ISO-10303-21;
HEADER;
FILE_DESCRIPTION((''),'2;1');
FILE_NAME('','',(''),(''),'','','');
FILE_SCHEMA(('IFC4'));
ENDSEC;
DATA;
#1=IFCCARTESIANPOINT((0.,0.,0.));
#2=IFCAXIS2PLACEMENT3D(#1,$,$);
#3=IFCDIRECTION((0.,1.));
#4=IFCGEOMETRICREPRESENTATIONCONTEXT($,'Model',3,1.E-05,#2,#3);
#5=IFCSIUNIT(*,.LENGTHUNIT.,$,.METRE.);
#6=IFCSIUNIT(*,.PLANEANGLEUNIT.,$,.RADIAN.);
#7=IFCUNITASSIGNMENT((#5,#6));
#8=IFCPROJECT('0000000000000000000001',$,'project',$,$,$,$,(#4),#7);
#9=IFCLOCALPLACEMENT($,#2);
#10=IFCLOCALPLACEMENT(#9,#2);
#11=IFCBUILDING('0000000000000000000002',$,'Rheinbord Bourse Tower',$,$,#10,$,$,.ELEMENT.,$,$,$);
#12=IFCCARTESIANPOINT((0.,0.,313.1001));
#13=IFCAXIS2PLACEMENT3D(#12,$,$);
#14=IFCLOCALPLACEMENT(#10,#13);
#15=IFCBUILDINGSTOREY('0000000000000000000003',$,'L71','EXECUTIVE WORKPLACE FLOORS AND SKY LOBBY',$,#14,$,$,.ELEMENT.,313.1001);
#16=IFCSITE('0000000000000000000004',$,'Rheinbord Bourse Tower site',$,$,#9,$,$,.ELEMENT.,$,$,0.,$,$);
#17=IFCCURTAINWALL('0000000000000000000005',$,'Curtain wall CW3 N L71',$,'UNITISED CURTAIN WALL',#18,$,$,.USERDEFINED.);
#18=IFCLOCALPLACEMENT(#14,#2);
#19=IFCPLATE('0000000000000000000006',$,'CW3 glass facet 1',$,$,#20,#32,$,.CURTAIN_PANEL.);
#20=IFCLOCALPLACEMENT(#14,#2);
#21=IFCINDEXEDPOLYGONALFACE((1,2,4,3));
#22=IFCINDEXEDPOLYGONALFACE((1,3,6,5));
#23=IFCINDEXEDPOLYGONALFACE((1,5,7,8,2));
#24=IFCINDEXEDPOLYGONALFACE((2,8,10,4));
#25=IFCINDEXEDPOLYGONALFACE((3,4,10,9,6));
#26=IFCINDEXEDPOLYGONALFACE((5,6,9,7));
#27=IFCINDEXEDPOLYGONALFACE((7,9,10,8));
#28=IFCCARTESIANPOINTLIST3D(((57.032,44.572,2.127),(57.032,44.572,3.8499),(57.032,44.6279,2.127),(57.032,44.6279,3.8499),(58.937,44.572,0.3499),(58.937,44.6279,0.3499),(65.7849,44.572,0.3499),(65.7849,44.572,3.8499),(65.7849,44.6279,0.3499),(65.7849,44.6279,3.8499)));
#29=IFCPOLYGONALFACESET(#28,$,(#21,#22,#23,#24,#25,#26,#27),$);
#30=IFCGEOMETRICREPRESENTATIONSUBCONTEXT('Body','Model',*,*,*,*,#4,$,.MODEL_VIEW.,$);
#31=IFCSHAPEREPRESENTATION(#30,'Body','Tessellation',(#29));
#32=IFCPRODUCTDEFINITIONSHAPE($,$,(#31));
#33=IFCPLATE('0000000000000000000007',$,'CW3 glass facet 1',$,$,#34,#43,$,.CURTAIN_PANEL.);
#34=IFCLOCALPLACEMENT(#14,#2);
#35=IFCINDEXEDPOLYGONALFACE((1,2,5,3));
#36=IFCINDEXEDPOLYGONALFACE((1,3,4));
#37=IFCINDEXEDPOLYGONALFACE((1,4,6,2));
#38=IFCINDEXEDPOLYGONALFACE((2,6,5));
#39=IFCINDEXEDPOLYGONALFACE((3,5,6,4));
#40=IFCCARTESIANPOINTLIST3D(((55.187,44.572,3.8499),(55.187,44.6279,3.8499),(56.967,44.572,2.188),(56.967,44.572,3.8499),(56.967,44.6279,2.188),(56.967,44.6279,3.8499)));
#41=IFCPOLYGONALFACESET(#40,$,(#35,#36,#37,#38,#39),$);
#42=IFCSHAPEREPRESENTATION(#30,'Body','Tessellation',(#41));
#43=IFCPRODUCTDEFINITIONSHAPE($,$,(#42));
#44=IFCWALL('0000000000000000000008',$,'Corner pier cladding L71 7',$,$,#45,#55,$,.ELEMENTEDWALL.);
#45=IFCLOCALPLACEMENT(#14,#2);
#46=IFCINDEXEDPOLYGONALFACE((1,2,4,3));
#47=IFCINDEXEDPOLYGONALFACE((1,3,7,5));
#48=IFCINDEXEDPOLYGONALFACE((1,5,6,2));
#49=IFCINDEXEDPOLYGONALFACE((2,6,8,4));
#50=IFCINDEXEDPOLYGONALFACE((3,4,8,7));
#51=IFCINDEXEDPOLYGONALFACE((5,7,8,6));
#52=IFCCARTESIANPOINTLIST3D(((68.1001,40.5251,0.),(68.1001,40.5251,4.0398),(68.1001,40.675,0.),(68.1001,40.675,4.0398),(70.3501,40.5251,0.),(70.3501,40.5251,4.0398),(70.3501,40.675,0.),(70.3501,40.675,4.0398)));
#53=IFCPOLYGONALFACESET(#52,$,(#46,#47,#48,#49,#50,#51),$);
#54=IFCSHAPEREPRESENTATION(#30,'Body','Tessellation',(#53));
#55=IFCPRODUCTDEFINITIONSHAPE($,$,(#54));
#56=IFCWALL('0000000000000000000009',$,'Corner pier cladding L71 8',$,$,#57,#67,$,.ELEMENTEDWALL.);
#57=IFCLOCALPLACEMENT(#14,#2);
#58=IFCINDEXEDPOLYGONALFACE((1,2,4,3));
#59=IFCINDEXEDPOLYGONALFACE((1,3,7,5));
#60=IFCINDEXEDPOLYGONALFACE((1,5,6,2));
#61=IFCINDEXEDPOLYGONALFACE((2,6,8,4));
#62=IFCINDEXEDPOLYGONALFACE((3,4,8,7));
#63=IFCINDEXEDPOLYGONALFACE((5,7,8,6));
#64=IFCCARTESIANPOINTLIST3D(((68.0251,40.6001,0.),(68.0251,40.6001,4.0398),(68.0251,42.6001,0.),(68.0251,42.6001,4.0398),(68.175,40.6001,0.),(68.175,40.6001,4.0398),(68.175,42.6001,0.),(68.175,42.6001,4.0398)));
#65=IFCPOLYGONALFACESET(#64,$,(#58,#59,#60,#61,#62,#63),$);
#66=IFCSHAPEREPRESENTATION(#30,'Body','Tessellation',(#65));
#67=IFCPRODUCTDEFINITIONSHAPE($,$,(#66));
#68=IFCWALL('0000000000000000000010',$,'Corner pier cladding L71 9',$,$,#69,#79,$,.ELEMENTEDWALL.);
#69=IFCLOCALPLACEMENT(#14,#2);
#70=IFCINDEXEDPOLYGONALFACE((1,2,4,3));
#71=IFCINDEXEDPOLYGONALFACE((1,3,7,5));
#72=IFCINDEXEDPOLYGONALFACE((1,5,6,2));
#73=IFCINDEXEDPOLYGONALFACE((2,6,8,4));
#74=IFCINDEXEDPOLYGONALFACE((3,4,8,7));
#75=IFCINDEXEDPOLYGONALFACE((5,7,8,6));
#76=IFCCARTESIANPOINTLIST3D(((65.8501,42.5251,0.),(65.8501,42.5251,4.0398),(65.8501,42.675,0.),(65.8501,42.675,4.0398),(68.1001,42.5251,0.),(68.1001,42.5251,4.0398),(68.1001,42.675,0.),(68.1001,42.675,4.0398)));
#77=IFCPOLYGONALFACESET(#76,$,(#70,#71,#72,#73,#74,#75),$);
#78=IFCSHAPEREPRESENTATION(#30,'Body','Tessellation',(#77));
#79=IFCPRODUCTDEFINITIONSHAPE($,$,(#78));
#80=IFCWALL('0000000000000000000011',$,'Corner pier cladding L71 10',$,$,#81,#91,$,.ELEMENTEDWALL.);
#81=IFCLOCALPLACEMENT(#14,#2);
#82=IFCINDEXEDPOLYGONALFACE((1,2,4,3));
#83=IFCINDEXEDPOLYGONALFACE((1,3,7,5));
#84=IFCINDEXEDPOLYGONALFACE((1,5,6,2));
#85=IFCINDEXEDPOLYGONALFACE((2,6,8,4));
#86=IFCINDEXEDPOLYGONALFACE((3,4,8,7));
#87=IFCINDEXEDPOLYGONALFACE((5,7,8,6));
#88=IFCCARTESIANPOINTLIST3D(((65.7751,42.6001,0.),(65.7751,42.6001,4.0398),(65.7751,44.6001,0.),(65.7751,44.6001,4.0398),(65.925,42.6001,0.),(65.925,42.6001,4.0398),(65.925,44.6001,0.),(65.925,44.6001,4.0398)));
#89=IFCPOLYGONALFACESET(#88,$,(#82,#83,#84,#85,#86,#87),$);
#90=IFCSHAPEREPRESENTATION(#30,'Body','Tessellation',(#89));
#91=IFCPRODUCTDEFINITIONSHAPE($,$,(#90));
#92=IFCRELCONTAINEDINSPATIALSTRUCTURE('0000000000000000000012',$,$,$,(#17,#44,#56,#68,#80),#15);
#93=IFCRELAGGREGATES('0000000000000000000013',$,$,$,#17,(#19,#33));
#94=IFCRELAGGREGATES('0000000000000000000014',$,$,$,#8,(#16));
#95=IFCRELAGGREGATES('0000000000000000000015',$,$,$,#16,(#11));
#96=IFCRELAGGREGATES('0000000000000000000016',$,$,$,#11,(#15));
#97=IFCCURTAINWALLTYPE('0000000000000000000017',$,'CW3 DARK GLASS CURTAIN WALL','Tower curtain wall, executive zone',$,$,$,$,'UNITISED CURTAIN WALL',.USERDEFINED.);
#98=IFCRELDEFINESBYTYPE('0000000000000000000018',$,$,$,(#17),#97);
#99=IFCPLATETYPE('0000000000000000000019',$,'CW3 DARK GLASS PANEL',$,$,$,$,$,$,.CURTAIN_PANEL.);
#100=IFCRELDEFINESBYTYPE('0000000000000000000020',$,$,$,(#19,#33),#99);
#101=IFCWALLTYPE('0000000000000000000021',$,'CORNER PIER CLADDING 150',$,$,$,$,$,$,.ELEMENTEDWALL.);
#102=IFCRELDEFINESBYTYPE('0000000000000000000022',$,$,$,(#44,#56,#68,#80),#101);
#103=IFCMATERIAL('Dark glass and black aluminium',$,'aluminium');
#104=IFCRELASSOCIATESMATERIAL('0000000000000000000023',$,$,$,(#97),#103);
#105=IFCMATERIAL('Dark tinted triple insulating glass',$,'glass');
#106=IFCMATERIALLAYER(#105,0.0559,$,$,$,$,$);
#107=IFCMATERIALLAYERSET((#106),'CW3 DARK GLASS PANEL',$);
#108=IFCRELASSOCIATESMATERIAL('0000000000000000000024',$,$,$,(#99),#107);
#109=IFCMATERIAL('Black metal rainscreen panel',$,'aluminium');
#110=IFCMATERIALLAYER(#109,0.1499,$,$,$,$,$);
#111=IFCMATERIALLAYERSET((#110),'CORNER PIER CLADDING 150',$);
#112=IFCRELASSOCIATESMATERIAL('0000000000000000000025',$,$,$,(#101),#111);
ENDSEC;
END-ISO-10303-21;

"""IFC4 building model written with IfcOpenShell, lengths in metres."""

from ifc_helpers import new_model, si_unit, direction, frame, frame_2d, origin, place, context, subcontext, project, spatial, polyline, rectangle, outline, extrude, material, layer, layer_set, type_object, element, aggregate, save


model = new_model("IFC4")

# Units and contexts
model_context = context("Model", 3, precision=1e-05, world=origin(), true_north=direction((0.0, 1.0)))
body_context = subcontext(model_context, "Body", "Model", "MODEL_VIEW")
ifc_project = project(units=[si_unit("LENGTHUNIT", "METRE"), si_unit("PLANEANGLEUNIT", "RADIAN")], contexts=[model_context])

# Site, building, storey
site_placement = place(None, origin())
site = spatial("IfcSite", under=ifc_project, at=site_placement, Name="Rheinbord Bourse Tower site", CompositionType="ELEMENT", RefElevation=0.0)
building_placement = place(site_placement, origin())
building = spatial("IfcBuilding", under=site, at=building_placement, Name="Rheinbord Bourse Tower", CompositionType="ELEMENT")
storey_placement = place(building_placement, frame((0.0, 0.0, 313.1001)))
storey = spatial("IfcBuildingStorey", under=building, at=storey_placement, Name="L71", Description="EXECUTIVE WORKPLACE FLOORS AND SKY LOBBY", CompositionType="ELEMENT", Elevation=313.1001)

# Curtain wall
ifc_material_1 = material(Name="Dark glass and black aluminium", Category="aluminium")
curtain_wall_type = type_object("IfcCurtainWallType", Name="CW3 DARK GLASS CURTAIN WALL", Description="Tower curtain wall, executive zone", ElementType="UNITISED CURTAIN WALL", PredefinedType="USERDEFINED", material=ifc_material_1)
curtain_wall_1_placement = place(storey_placement, origin())
curtain_wall_1 = element("IfcCurtainWall", 1, at=curtain_wall_1_placement, inside=storey, type_object=curtain_wall_type, Name="Curtain wall CW3 N L71", ObjectType="UNITISED CURTAIN WALL", PredefinedType="USERDEFINED")

# Plates
ifc_material_2 = material(Name="Dark tinted triple insulating glass", Category="glass")
ifc_layer_1 = layer(ifc_material_2, 0.0559)
ifc_layer_set_1 = layer_set([ifc_layer_1], Name="CW3 DARK GLASS PANEL")
plate_type = type_object("IfcPlateType", Name="CW3 DARK GLASS PANEL", PredefinedType="CURTAIN_PANEL", material=ifc_layer_set_1)
plate_1_placement = place(storey_placement, frame((65.7849, 44.6279, 0.3499), z_axis=(0.0, -1.0, 0.0), x_axis=(0.0, 0.0, 1.0)))
plate_1 = element("IfcPlate", 2, at=plate_1_placement, type_object=plate_type, Name="CW3 glass facet 1", PredefinedType="CURTAIN_PANEL", context=body_context, shape_type="SweptSolid", body=[
    extrude(outline(polyline([(0.0, 0.0), (3.5, 0.0), (3.5, 8.7529), (1.7771, 8.7529), (0.0, 6.8479), (0.0, 0.0)])), origin(), (0.0, 0.0, 1.0), 0.0559),
])
plate_2_placement = place(storey_placement, frame((56.967, 44.6279, 3.8499), z_axis=(0.0, -1.0, 0.0), x_axis=(-1.0, 0.0, 0.0)))
plate_2 = element("IfcPlate", 3, at=plate_2_placement, type_object=plate_type, Name="CW3 glass facet 1", PredefinedType="CURTAIN_PANEL", context=body_context, shape_type="SweptSolid", body=[
    extrude(outline(polyline([(0.0, 0.0), (1.78, 0.0), (0.0, 1.6619), (0.0, 0.0)])), origin(), (0.0, 0.0, 1.0), 0.0559),
])
aggregate(curtain_wall_1, [plate_1, plate_2])

# Walls
ifc_material_3 = material(Name="Black metal rainscreen panel", Category="aluminium")
ifc_layer_2 = layer(ifc_material_3, 0.1499)
ifc_layer_set_2 = layer_set([ifc_layer_2], Name="CORNER PIER CLADDING 150")
wall_type = type_object("IfcWallType", Name="CORNER PIER CLADDING 150", PredefinedType="ELEMENTEDWALL", material=ifc_layer_set_2)
wall_1_placement = place(storey_placement, frame((70.3501, 40.6001, 0.0), z_axis=(0.0, 0.0, 1.0), x_axis=(-1.0, 0.0, 0.0)))
element("IfcWall", 4, at=wall_1_placement, inside=storey, type_object=wall_type, Name="Corner pier cladding L71 7", PredefinedType="ELEMENTEDWALL", context=body_context, shape_type="SweptSolid", body=[
    extrude(rectangle(XDim=2.25, YDim=0.1499, at=frame_2d((1.125, 0.0))), origin(), (0.0, 0.0, 1.0), 4.0398),
])
wall_2_placement = place(storey_placement, frame((68.1001, 40.6001, 0.0), z_axis=(0.0, 0.0, 1.0), x_axis=(0.0, 1.0, 0.0)))
element("IfcWall", 5, at=wall_2_placement, inside=storey, type_object=wall_type, Name="Corner pier cladding L71 8", PredefinedType="ELEMENTEDWALL", context=body_context, shape_type="SweptSolid", body=[
    extrude(rectangle(XDim=2.0, YDim=0.1499, at=frame_2d((1.0, 0.0))), origin(), (0.0, 0.0, 1.0), 4.0398),
])
wall_3_placement = place(storey_placement, frame((68.1001, 42.6001, 0.0), z_axis=(0.0, 0.0, 1.0), x_axis=(-1.0, 0.0, 0.0)))
element("IfcWall", 6, at=wall_3_placement, inside=storey, type_object=wall_type, Name="Corner pier cladding L71 9", PredefinedType="ELEMENTEDWALL", context=body_context, shape_type="SweptSolid", body=[
    extrude(rectangle(XDim=2.25, YDim=0.1499, at=frame_2d((1.125, 0.0))), origin(), (0.0, 0.0, 1.0), 4.0398),
])
wall_4_placement = place(storey_placement, frame((65.8501, 42.6001, 0.0), z_axis=(0.0, 0.0, 1.0), x_axis=(0.0, 1.0, 0.0)))
element("IfcWall", 7, at=wall_4_placement, inside=storey, type_object=wall_type, Name="Corner pier cladding L71 10", PredefinedType="ELEMENTEDWALL", context=body_context, shape_type="SweptSolid", body=[
    extrude(rectangle(XDim=2.0, YDim=0.1499, at=frame_2d((1.0, 0.0))), origin(), (0.0, 0.0, 1.0), 4.0398),
])

save(model, "model.ifc")
